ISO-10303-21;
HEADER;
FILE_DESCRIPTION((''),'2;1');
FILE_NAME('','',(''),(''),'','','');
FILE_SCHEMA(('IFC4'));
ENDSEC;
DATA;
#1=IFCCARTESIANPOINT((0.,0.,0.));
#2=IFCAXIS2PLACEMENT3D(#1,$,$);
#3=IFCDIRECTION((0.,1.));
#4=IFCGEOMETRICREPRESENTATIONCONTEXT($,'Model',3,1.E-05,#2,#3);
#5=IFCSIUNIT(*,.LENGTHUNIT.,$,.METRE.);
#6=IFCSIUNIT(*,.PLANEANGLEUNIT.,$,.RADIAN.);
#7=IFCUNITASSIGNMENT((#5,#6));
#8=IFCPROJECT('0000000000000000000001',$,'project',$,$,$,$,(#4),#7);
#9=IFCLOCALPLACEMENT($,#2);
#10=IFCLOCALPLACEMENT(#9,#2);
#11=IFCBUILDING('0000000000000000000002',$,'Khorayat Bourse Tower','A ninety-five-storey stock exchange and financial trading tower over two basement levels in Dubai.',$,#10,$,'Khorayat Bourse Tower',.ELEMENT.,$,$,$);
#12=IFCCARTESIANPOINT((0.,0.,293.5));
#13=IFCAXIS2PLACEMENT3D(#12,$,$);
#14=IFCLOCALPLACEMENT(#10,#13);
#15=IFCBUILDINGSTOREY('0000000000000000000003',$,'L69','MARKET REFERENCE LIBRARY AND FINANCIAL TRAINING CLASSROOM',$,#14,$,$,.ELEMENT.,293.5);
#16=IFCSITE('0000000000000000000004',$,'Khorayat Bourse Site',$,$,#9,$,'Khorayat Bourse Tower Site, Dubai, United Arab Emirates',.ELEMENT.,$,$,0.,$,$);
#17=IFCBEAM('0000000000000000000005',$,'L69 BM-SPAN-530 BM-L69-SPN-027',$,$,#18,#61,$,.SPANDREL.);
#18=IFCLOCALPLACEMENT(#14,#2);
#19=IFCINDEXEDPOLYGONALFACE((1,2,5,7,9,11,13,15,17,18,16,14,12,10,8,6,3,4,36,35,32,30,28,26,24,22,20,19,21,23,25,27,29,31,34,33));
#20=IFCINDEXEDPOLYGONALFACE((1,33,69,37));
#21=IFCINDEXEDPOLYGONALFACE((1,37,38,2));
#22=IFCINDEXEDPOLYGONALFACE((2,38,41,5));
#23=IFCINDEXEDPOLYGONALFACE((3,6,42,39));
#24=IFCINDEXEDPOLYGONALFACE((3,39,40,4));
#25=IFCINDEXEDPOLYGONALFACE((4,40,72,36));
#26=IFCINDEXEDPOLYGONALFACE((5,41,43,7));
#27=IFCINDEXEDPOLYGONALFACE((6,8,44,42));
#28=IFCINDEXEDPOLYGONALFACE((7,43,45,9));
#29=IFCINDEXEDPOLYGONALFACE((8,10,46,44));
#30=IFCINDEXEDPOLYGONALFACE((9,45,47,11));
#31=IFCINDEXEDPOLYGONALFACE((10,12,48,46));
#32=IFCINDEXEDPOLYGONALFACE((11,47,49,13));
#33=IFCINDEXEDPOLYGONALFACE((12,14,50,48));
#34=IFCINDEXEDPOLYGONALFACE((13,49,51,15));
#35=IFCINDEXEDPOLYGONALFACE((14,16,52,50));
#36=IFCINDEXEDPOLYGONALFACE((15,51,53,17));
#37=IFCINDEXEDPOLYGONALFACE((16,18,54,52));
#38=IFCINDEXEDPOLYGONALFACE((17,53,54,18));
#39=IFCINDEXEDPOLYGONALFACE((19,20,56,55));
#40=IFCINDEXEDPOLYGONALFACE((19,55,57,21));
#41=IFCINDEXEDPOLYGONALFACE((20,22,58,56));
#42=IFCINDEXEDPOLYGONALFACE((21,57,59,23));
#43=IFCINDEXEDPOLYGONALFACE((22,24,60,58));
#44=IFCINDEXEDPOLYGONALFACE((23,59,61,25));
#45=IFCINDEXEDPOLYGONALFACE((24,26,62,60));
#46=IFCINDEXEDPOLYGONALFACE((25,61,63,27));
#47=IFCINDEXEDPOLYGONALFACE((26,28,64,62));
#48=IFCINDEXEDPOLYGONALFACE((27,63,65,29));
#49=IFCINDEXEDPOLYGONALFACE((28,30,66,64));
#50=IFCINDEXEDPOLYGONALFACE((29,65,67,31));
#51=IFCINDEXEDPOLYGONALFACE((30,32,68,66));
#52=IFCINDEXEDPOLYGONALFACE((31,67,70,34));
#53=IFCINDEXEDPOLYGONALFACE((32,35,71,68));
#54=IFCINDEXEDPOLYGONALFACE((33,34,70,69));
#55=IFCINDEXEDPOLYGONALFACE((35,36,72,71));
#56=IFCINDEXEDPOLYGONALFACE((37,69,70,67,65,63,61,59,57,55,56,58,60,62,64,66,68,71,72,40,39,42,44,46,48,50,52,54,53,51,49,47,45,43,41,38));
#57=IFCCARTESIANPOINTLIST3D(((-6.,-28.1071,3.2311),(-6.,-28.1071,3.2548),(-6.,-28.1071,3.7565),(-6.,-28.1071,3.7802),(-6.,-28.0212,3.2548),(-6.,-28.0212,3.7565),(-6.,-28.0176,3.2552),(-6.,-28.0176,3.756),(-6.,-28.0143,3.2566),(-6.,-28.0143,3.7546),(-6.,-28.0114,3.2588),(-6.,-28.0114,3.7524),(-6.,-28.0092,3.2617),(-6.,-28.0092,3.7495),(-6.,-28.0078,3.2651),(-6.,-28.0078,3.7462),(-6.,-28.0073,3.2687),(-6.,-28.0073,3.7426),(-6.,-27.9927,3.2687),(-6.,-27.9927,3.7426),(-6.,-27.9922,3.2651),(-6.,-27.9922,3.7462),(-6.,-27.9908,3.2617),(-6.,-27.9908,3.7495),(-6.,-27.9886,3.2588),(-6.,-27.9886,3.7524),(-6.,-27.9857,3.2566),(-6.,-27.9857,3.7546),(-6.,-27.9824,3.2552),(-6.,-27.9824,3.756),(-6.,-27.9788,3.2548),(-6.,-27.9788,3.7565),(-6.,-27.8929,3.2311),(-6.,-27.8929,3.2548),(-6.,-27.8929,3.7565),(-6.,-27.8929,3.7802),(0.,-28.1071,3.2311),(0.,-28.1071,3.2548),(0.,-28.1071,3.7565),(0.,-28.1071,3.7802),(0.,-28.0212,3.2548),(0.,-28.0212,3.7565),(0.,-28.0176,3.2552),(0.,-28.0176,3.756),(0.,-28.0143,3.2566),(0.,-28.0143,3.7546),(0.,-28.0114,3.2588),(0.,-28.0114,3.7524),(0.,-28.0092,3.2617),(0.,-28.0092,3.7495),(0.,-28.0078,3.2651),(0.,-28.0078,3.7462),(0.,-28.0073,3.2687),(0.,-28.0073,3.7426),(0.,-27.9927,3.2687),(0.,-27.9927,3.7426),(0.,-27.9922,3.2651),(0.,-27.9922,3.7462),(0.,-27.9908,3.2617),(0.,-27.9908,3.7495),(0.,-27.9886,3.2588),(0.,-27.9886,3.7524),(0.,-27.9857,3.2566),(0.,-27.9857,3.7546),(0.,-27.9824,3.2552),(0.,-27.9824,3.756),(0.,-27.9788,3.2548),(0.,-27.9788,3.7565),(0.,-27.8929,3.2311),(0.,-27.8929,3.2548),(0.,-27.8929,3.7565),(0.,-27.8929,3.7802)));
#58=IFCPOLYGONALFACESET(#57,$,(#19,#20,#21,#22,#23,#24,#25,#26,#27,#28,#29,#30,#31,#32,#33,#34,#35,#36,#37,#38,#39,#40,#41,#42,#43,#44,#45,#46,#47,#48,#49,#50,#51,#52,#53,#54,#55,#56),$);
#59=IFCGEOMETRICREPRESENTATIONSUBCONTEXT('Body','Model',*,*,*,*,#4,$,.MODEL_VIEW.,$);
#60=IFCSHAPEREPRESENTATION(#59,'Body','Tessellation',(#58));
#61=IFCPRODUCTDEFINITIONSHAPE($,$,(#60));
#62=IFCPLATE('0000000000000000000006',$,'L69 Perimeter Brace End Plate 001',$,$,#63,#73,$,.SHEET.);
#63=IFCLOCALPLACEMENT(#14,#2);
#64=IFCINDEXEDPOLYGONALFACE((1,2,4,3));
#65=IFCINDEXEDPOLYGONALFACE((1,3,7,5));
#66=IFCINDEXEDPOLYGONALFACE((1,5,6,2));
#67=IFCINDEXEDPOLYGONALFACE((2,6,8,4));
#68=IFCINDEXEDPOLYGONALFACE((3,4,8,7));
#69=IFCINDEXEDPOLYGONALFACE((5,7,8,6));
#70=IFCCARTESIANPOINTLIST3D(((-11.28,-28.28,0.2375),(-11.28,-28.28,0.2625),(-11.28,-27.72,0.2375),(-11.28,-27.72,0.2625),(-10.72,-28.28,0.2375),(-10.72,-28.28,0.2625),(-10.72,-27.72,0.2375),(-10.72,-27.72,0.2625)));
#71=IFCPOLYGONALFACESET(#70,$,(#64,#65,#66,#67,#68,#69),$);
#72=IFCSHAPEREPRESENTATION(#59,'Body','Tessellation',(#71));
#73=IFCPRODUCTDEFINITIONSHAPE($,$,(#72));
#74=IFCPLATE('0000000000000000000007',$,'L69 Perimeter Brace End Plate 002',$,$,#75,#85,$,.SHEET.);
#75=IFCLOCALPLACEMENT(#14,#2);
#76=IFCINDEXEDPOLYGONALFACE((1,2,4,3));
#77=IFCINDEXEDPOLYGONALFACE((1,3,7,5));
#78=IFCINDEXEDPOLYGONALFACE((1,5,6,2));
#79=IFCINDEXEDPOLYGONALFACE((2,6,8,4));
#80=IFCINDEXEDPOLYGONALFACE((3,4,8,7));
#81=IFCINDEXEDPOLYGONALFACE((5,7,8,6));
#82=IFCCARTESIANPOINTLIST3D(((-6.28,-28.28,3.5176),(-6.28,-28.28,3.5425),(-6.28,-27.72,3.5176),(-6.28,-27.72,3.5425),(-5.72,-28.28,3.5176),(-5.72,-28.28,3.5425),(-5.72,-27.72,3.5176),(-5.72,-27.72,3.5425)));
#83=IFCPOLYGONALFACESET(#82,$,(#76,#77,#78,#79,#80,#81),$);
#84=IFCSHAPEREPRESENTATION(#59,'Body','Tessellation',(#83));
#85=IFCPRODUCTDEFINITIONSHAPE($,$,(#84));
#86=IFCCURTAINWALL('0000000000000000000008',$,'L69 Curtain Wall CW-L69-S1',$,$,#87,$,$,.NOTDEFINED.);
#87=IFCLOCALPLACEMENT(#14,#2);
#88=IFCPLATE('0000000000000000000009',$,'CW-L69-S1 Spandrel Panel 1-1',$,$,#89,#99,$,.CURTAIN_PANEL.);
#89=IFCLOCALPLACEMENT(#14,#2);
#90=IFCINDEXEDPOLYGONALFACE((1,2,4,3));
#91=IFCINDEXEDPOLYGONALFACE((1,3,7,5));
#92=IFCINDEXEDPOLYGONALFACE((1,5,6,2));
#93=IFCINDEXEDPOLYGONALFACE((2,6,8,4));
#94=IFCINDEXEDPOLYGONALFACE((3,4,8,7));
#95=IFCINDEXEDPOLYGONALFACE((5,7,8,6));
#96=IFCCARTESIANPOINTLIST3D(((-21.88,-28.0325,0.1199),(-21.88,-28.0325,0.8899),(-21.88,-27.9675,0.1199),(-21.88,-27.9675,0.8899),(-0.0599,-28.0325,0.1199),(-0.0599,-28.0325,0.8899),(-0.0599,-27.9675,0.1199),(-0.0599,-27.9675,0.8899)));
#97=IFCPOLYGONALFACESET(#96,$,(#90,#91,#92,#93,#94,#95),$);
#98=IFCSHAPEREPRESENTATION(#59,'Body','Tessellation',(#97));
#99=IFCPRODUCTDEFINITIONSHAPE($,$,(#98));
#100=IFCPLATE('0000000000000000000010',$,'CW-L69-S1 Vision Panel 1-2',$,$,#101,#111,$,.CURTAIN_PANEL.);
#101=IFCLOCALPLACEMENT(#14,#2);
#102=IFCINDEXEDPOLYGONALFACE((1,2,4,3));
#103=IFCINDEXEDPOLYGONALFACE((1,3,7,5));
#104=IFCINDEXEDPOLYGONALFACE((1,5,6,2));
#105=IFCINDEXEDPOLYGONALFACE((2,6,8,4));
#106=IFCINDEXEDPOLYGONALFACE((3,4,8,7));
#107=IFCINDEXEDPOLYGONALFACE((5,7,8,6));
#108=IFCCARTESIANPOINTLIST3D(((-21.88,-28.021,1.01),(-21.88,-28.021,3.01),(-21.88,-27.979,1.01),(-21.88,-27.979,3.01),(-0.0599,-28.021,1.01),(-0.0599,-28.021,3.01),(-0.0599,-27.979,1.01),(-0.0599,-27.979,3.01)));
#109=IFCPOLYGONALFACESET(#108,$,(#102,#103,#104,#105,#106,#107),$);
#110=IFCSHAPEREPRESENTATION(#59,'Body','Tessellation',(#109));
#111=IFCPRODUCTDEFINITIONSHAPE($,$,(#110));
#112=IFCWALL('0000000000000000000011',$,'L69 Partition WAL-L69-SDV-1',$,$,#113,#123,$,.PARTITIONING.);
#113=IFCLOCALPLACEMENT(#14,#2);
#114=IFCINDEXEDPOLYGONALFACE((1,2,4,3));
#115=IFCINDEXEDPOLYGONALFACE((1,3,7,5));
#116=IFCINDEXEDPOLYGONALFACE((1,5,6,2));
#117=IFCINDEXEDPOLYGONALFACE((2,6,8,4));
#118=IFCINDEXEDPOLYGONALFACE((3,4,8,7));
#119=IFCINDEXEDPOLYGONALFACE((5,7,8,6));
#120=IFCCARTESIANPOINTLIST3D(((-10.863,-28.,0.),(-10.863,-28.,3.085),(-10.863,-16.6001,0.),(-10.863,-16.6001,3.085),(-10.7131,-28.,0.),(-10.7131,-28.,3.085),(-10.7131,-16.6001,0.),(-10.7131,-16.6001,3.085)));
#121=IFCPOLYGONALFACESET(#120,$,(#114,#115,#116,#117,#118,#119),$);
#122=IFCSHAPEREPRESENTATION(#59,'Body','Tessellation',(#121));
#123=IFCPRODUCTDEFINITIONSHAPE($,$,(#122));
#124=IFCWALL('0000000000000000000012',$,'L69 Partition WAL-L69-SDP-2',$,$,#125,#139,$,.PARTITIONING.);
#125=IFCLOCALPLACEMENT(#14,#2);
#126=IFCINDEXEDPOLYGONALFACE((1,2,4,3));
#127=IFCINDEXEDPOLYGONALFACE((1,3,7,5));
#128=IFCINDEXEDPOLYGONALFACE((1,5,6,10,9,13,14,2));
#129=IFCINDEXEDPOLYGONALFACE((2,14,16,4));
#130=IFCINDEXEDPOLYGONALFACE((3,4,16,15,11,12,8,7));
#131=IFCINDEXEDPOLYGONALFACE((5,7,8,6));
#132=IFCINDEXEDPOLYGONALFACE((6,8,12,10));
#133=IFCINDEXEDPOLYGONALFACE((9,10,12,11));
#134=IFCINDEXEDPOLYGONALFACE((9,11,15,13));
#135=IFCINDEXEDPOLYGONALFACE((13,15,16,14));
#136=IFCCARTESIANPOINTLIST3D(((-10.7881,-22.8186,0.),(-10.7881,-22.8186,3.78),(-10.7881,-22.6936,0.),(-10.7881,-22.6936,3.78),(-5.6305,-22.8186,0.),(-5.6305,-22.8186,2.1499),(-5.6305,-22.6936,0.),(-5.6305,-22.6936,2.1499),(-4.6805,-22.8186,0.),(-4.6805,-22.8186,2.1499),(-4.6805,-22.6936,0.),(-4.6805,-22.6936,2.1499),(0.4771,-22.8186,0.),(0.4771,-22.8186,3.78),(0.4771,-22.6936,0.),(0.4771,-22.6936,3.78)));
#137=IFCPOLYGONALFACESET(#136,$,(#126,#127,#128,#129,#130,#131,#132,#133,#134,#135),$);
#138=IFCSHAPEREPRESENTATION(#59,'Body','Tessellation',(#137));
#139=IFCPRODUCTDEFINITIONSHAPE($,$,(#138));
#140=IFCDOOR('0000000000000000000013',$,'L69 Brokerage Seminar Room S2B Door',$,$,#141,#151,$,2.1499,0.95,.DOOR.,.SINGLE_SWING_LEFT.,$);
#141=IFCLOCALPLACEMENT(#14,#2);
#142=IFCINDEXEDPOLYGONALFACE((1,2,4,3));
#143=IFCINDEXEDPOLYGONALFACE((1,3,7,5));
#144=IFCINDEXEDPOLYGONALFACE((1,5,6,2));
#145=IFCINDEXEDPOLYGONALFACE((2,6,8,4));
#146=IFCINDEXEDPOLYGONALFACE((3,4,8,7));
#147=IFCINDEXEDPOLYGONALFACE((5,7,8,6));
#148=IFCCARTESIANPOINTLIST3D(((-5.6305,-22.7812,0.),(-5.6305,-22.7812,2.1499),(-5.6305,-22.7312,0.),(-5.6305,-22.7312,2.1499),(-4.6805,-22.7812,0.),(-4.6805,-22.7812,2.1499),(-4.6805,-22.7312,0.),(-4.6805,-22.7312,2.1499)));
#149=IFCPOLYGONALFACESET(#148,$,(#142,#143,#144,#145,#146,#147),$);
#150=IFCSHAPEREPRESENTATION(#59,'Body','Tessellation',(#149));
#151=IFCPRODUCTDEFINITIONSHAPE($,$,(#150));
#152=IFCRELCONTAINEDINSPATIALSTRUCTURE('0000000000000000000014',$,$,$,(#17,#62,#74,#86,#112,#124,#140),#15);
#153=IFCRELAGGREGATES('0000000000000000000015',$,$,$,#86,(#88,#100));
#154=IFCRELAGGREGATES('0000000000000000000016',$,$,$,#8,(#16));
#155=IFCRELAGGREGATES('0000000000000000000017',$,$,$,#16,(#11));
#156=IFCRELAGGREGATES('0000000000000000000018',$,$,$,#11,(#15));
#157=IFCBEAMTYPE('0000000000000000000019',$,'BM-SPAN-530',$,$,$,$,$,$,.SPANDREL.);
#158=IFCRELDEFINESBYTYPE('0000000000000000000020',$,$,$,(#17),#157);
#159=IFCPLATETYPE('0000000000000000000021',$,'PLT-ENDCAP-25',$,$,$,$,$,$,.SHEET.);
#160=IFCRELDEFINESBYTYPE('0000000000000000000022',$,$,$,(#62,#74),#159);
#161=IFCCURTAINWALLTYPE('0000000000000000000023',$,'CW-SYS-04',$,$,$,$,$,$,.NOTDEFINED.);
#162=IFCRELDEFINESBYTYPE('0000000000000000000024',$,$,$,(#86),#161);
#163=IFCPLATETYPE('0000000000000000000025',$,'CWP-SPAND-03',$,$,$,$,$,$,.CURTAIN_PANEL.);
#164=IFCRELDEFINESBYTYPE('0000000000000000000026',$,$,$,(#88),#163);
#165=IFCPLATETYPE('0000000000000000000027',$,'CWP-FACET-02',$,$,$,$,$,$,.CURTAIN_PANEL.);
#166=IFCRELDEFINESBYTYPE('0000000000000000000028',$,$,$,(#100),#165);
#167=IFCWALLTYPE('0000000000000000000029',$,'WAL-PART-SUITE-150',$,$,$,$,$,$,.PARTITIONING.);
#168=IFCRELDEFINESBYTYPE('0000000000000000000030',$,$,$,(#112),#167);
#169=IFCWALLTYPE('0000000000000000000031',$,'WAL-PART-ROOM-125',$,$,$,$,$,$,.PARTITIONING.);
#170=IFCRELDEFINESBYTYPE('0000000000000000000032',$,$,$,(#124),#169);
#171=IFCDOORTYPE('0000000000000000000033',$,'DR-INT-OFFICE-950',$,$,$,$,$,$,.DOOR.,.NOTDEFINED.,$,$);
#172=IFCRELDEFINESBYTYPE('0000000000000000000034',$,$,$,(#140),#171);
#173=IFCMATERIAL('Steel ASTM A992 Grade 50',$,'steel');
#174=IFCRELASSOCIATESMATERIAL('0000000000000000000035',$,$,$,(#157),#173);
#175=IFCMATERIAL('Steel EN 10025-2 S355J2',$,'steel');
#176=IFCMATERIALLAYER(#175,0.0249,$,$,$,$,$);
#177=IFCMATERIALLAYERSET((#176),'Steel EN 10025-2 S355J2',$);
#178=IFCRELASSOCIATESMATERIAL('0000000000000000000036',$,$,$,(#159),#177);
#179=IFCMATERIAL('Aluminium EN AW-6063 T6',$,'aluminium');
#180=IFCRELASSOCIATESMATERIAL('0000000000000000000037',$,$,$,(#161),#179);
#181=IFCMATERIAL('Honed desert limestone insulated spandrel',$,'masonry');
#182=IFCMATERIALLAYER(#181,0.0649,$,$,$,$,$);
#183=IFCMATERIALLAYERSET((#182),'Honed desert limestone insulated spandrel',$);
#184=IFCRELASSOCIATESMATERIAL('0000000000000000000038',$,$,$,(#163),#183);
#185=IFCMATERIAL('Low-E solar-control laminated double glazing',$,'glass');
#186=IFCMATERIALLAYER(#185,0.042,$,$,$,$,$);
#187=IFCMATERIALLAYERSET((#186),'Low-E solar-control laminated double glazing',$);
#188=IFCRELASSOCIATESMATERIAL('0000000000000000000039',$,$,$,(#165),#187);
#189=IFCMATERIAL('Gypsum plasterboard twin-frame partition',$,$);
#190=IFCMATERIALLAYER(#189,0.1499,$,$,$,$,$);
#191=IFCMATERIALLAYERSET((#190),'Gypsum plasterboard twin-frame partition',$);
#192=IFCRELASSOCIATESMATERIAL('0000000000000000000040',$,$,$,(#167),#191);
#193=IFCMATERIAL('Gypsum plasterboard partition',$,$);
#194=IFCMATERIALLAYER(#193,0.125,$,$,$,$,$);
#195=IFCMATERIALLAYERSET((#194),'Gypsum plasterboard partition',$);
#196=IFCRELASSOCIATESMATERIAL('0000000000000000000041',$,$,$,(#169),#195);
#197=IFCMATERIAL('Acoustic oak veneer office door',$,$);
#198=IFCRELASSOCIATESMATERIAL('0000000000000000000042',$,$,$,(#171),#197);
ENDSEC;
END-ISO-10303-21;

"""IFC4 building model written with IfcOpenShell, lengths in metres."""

from ifc_helpers import new_model, si_unit, direction, frame, frame_2d, origin, origin_2d, place, context, subcontext, project, spatial, rectangle, i_section, extrude, source, transform, mapped, material, layer, layer_set, material_profile, profile_set, type_object, element, fill, aggregate, save


model = new_model("IFC4")

# Units and contexts
model_context = context("Model", 3, precision=1e-05, world=origin(), true_north=direction((0.0, 1.0)))
body_context = subcontext(model_context, "Body", "Model", "MODEL_VIEW")
ifc_project = project(units=[si_unit("LENGTHUNIT", "METRE"), si_unit("PLANEANGLEUNIT", "RADIAN")], contexts=[model_context])

# Site, building, storey
site_placement = place(None, origin())
site = spatial("IfcSite", under=ifc_project, at=site_placement, Name="Khorayat Bourse Site", LongName="Khorayat Bourse Tower Site, Dubai, United Arab Emirates", CompositionType="ELEMENT", RefElevation=0.0)
building_placement = place(site_placement, origin())
building = spatial("IfcBuilding", under=site, at=building_placement, Name="Khorayat Bourse Tower", Description="A ninety-five-storey stock exchange and financial trading tower over two basement levels in Dubai.", LongName="Khorayat Bourse Tower", CompositionType="ELEMENT")
storey_placement = place(building_placement, frame((0.0, 0.0, 293.5)))
storey = spatial("IfcBuildingStorey", under=building, at=storey_placement, Name="L69", Description="MARKET REFERENCE LIBRARY AND FINANCIAL TRAINING CLASSROOM", CompositionType="ELEMENT", Elevation=293.5)

# Beam
ifc_material_1 = material(Name="Steel ASTM A992 Grade 50", Category="steel")
ifc_material_profile_1 = material_profile(ifc_material_1, i_section(OverallWidth=0.2141, OverallDepth=0.5491, WebThickness=0.0146, FlangeThickness=0.0237, FilletRadius=0.0139, at=origin_2d()), Name="W530X138")
ifc_profile_set_1 = profile_set([ifc_material_profile_1], Name="Steel ASTM A992 Grade 50")
beam_type_1 = type_object("IfcBeamType", Name="BM-SPAN-530", PredefinedType="SPANDREL", material=ifc_profile_set_1)
shared_shape_1 = source(origin(), body_context, "Body", "SweptSolid", [
    extrude(i_section(OverallWidth=0.2141, OverallDepth=0.5491, WebThickness=0.0146, FlangeThickness=0.0237, FilletRadius=0.0139, at=origin_2d()), origin(), (0.0, 0.0, 1.0), 6.0),
])
beam_1_placement = place(storey_placement, frame((-6.0, -28.0, 3.5056), z_axis=(1.0, 0.0, 0.0), x_axis=(0.0, 1.0, 0.0)))
element("IfcBeam", 1, at=beam_1_placement, inside=storey, type_object=beam_type_1, Name="L69 BM-SPAN-530 BM-L69-SPN-027", PredefinedType="SPANDREL", context=body_context, shape_type="MappedRepresentation", body=[
    mapped(shared_shape_1, transform((0.0, 0.0, 0.0), scale=1.0)),
])

# Plates
ifc_material_2 = material(Name="Steel EN 10025-2 S355J2", Category="steel")
ifc_layer_1 = layer(ifc_material_2, 0.0249)
ifc_layer_set_1 = layer_set([ifc_layer_1], Name="Steel EN 10025-2 S355J2")
plate_type_1 = type_object("IfcPlateType", Name="PLT-ENDCAP-25", PredefinedType="SHEET", material=ifc_layer_set_1)
shared_shape_2 = source(origin(), body_context, "Body", "SweptSolid", [
    extrude(rectangle(XDim=0.5601, YDim=0.5601, at=origin_2d()), origin(), (0.0, 0.0, 1.0), 0.0249),
])
for number, where, z_axis, x_axis, name in (
    (2, (-11.0, -28.0, 0.2375), (0.0, 0.0, 1.0), (1.0, 0.0, 0.0), "L69 Perimeter Brace End Plate 001"),
    (3, (-6.0, -28.0, 3.5176), (0.0, 0.0, 1.0), (1.0, 0.0, 0.0), "L69 Perimeter Brace End Plate 002"),
):
    element("IfcPlate", number, at=place(storey_placement, frame(where, z_axis=z_axis, x_axis=x_axis)), inside=storey, type_object=plate_type_1, Name=name, PredefinedType="SHEET", context=body_context, shape_type="MappedRepresentation", body=[
        mapped(shared_shape_2, transform((0.0, 0.0, 0.0), scale=1.0)),
    ])

# Curtain wall, plates
ifc_material_3 = material(Name="Aluminium EN AW-6063 T6", Category="aluminium")
curtain_wall_type = type_object("IfcCurtainWallType", Name="CW-SYS-04", PredefinedType="NOTDEFINED", material=ifc_material_3)
curtain_wall_placement = place(storey_placement, origin())
curtain_wall = element("IfcCurtainWall", 4, at=curtain_wall_placement, inside=storey, type_object=curtain_wall_type, Name="L69 Curtain Wall CW-L69-S1", PredefinedType="NOTDEFINED")
ifc_material_4 = material(Name="Honed desert limestone insulated spandrel", Category="masonry")
ifc_layer_2 = layer(ifc_material_4, 0.0649)
ifc_layer_set_2 = layer_set([ifc_layer_2], Name="Honed desert limestone insulated spandrel")
plate_type_2 = type_object("IfcPlateType", Name="CWP-SPAND-03", PredefinedType="CURTAIN_PANEL", material=ifc_layer_set_2)
shared_shape_3 = source(origin(), body_context, "Body", "SweptSolid", [
    extrude(rectangle(XDim=21.8201, YDim=0.0649, at=origin_2d()), origin(), (0.0, 0.0, 1.0), 0.77),
])
plate_1_placement = place(storey_placement, frame((-10.97, -28.0, 0.1199), z_axis=(0.0, 0.0, 1.0), x_axis=(1.0, 0.0, 0.0)))
plate_1 = element("IfcPlate", 5, at=plate_1_placement, type_object=plate_type_2, Name="CW-L69-S1 Spandrel Panel 1-1", PredefinedType="CURTAIN_PANEL", context=body_context, shape_type="MappedRepresentation", body=[
    mapped(shared_shape_3, transform((0.0, 0.0, 0.0), scale=1.0)),
])
ifc_material_5 = material(Name="Low-E solar-control laminated double glazing", Category="glass")
ifc_layer_3 = layer(ifc_material_5, 0.042)
ifc_layer_set_3 = layer_set([ifc_layer_3], Name="Low-E solar-control laminated double glazing")
plate_type_3 = type_object("IfcPlateType", Name="CWP-FACET-02", PredefinedType="CURTAIN_PANEL", material=ifc_layer_set_3)
shared_shape_4 = source(origin(), body_context, "Body", "SweptSolid", [
    extrude(rectangle(XDim=21.8201, YDim=0.042, at=origin_2d()), origin(), (0.0, 0.0, 1.0), 2.0),
])
plate_2_placement = place(storey_placement, frame((-10.97, -28.0, 1.01), z_axis=(0.0, 0.0, 1.0), x_axis=(1.0, 0.0, 0.0)))
plate_2 = element("IfcPlate", 6, at=plate_2_placement, type_object=plate_type_3, Name="CW-L69-S1 Vision Panel 1-2", PredefinedType="CURTAIN_PANEL", context=body_context, shape_type="MappedRepresentation", body=[
    mapped(shared_shape_4, transform((0.0, 0.0, 0.0), scale=1.0)),
])
aggregate(curtain_wall, [plate_1, plate_2])

# Wall
ifc_material_6 = material(Name="Gypsum plasterboard twin-frame partition")
ifc_layer_4 = layer(ifc_material_6, 0.1499)
ifc_layer_set_4 = layer_set([ifc_layer_4], Name="Gypsum plasterboard twin-frame partition")
wall_type_1 = type_object("IfcWallType", Name="WAL-PART-SUITE-150", PredefinedType="PARTITIONING", material=ifc_layer_set_4)
shared_shape_5 = source(origin(), body_context, "Body", "SweptSolid", [
    extrude(rectangle(XDim=11.3999, YDim=0.1499, at=frame_2d((5.7, 0.0))), origin(), (0.0, 0.0, 1.0), 3.085),
])
wall_1_placement = place(storey_placement, frame((-10.7881, -28.0, 0.0), z_axis=(0.0, 0.0, 1.0), x_axis=(0.0, 1.0, 0.0)))
element("IfcWall", 7, at=wall_1_placement, inside=storey, type_object=wall_type_1, Name="L69 Partition WAL-L69-SDV-1", PredefinedType="PARTITIONING", context=body_context, shape_type="MappedRepresentation", body=[
    mapped(shared_shape_5, transform((0.0, 0.0, 0.0), scale=1.0)),
])

# Wall, opening, door
ifc_material_7 = material(Name="Gypsum plasterboard partition")
ifc_layer_5 = layer(ifc_material_7, 0.125)
ifc_layer_set_5 = layer_set([ifc_layer_5], Name="Gypsum plasterboard partition")
wall_type_2 = type_object("IfcWallType", Name="WAL-PART-ROOM-125", PredefinedType="PARTITIONING", material=ifc_layer_set_5)
shared_shape_6 = source(origin(), body_context, "Body", "SweptSolid", [
    extrude(rectangle(XDim=11.2651, YDim=0.125, at=frame_2d((5.6326, 0.0))), origin(), (0.0, 0.0, 1.0), 3.78),
])
wall_2_placement = place(storey_placement, frame((-10.7881, -22.7561, 0.0), z_axis=(0.0, 0.0, 1.0), x_axis=(1.0, 0.0, 0.0)))
wall_2 = element("IfcWall", 8, at=wall_2_placement, inside=storey, type_object=wall_type_2, Name="L69 Partition WAL-L69-SDP-2", PredefinedType="PARTITIONING", context=body_context, shape_type="MappedRepresentation", body=[
    mapped(shared_shape_6, transform((0.0, 0.0, 0.0), scale=1.0)),
])
shared_shape_7 = source(origin(), body_context, "Body", "SweptSolid", [
    extrude(rectangle(XDim=0.95, YDim=2.1499, at=frame_2d((0.4751, 1.075))), frame((0.0, 0.0725, 0.0), z_axis=(0.0, -1.0, 0.0), x_axis=(1.0, 0.0, 0.0)), (0.0, 0.0, 1.0), 0.145),
])
opening_placement = place(wall_2_placement, frame((5.1575, 0.0, 0.0)))
opening = element("IfcOpeningElement", 9, at=opening_placement, cuts=wall_2, PredefinedType="OPENING", context=body_context, shape_type="MappedRepresentation", body=[
    mapped(shared_shape_7, transform((0.0, 0.0, 0.0), scale=1.0)),
])
ifc_material_8 = material(Name="Acoustic oak veneer office door")
door_type = type_object("IfcDoorType", Name="DR-INT-OFFICE-950", OperationType="NOTDEFINED", PredefinedType="DOOR", material=ifc_material_8)
shared_shape_8 = source(origin(), body_context, "Body", "SweptSolid", [
    extrude(rectangle(XDim=0.95, YDim=2.1499, at=frame_2d((0.4751, 1.075))), frame((0.0, 0.0249, 0.0), z_axis=(0.0, -1.0, 0.0), x_axis=(1.0, 0.0, 0.0)), (0.0, 0.0, 1.0), 0.05),
])
door_placement = place(opening_placement, origin())
door = element("IfcDoor", 10, at=door_placement, inside=storey, type_object=door_type, Name="L69 Brokerage Seminar Room S2B Door", OperationType="SINGLE_SWING_LEFT", OverallHeight=2.1499, OverallWidth=0.95, PredefinedType="DOOR", context=body_context, shape_type="MappedRepresentation", body=[
    mapped(shared_shape_8, transform((0.0, 0.0, 0.0), scale=1.0)),
])
fill(opening, door)

save(model, "model.ifc")
